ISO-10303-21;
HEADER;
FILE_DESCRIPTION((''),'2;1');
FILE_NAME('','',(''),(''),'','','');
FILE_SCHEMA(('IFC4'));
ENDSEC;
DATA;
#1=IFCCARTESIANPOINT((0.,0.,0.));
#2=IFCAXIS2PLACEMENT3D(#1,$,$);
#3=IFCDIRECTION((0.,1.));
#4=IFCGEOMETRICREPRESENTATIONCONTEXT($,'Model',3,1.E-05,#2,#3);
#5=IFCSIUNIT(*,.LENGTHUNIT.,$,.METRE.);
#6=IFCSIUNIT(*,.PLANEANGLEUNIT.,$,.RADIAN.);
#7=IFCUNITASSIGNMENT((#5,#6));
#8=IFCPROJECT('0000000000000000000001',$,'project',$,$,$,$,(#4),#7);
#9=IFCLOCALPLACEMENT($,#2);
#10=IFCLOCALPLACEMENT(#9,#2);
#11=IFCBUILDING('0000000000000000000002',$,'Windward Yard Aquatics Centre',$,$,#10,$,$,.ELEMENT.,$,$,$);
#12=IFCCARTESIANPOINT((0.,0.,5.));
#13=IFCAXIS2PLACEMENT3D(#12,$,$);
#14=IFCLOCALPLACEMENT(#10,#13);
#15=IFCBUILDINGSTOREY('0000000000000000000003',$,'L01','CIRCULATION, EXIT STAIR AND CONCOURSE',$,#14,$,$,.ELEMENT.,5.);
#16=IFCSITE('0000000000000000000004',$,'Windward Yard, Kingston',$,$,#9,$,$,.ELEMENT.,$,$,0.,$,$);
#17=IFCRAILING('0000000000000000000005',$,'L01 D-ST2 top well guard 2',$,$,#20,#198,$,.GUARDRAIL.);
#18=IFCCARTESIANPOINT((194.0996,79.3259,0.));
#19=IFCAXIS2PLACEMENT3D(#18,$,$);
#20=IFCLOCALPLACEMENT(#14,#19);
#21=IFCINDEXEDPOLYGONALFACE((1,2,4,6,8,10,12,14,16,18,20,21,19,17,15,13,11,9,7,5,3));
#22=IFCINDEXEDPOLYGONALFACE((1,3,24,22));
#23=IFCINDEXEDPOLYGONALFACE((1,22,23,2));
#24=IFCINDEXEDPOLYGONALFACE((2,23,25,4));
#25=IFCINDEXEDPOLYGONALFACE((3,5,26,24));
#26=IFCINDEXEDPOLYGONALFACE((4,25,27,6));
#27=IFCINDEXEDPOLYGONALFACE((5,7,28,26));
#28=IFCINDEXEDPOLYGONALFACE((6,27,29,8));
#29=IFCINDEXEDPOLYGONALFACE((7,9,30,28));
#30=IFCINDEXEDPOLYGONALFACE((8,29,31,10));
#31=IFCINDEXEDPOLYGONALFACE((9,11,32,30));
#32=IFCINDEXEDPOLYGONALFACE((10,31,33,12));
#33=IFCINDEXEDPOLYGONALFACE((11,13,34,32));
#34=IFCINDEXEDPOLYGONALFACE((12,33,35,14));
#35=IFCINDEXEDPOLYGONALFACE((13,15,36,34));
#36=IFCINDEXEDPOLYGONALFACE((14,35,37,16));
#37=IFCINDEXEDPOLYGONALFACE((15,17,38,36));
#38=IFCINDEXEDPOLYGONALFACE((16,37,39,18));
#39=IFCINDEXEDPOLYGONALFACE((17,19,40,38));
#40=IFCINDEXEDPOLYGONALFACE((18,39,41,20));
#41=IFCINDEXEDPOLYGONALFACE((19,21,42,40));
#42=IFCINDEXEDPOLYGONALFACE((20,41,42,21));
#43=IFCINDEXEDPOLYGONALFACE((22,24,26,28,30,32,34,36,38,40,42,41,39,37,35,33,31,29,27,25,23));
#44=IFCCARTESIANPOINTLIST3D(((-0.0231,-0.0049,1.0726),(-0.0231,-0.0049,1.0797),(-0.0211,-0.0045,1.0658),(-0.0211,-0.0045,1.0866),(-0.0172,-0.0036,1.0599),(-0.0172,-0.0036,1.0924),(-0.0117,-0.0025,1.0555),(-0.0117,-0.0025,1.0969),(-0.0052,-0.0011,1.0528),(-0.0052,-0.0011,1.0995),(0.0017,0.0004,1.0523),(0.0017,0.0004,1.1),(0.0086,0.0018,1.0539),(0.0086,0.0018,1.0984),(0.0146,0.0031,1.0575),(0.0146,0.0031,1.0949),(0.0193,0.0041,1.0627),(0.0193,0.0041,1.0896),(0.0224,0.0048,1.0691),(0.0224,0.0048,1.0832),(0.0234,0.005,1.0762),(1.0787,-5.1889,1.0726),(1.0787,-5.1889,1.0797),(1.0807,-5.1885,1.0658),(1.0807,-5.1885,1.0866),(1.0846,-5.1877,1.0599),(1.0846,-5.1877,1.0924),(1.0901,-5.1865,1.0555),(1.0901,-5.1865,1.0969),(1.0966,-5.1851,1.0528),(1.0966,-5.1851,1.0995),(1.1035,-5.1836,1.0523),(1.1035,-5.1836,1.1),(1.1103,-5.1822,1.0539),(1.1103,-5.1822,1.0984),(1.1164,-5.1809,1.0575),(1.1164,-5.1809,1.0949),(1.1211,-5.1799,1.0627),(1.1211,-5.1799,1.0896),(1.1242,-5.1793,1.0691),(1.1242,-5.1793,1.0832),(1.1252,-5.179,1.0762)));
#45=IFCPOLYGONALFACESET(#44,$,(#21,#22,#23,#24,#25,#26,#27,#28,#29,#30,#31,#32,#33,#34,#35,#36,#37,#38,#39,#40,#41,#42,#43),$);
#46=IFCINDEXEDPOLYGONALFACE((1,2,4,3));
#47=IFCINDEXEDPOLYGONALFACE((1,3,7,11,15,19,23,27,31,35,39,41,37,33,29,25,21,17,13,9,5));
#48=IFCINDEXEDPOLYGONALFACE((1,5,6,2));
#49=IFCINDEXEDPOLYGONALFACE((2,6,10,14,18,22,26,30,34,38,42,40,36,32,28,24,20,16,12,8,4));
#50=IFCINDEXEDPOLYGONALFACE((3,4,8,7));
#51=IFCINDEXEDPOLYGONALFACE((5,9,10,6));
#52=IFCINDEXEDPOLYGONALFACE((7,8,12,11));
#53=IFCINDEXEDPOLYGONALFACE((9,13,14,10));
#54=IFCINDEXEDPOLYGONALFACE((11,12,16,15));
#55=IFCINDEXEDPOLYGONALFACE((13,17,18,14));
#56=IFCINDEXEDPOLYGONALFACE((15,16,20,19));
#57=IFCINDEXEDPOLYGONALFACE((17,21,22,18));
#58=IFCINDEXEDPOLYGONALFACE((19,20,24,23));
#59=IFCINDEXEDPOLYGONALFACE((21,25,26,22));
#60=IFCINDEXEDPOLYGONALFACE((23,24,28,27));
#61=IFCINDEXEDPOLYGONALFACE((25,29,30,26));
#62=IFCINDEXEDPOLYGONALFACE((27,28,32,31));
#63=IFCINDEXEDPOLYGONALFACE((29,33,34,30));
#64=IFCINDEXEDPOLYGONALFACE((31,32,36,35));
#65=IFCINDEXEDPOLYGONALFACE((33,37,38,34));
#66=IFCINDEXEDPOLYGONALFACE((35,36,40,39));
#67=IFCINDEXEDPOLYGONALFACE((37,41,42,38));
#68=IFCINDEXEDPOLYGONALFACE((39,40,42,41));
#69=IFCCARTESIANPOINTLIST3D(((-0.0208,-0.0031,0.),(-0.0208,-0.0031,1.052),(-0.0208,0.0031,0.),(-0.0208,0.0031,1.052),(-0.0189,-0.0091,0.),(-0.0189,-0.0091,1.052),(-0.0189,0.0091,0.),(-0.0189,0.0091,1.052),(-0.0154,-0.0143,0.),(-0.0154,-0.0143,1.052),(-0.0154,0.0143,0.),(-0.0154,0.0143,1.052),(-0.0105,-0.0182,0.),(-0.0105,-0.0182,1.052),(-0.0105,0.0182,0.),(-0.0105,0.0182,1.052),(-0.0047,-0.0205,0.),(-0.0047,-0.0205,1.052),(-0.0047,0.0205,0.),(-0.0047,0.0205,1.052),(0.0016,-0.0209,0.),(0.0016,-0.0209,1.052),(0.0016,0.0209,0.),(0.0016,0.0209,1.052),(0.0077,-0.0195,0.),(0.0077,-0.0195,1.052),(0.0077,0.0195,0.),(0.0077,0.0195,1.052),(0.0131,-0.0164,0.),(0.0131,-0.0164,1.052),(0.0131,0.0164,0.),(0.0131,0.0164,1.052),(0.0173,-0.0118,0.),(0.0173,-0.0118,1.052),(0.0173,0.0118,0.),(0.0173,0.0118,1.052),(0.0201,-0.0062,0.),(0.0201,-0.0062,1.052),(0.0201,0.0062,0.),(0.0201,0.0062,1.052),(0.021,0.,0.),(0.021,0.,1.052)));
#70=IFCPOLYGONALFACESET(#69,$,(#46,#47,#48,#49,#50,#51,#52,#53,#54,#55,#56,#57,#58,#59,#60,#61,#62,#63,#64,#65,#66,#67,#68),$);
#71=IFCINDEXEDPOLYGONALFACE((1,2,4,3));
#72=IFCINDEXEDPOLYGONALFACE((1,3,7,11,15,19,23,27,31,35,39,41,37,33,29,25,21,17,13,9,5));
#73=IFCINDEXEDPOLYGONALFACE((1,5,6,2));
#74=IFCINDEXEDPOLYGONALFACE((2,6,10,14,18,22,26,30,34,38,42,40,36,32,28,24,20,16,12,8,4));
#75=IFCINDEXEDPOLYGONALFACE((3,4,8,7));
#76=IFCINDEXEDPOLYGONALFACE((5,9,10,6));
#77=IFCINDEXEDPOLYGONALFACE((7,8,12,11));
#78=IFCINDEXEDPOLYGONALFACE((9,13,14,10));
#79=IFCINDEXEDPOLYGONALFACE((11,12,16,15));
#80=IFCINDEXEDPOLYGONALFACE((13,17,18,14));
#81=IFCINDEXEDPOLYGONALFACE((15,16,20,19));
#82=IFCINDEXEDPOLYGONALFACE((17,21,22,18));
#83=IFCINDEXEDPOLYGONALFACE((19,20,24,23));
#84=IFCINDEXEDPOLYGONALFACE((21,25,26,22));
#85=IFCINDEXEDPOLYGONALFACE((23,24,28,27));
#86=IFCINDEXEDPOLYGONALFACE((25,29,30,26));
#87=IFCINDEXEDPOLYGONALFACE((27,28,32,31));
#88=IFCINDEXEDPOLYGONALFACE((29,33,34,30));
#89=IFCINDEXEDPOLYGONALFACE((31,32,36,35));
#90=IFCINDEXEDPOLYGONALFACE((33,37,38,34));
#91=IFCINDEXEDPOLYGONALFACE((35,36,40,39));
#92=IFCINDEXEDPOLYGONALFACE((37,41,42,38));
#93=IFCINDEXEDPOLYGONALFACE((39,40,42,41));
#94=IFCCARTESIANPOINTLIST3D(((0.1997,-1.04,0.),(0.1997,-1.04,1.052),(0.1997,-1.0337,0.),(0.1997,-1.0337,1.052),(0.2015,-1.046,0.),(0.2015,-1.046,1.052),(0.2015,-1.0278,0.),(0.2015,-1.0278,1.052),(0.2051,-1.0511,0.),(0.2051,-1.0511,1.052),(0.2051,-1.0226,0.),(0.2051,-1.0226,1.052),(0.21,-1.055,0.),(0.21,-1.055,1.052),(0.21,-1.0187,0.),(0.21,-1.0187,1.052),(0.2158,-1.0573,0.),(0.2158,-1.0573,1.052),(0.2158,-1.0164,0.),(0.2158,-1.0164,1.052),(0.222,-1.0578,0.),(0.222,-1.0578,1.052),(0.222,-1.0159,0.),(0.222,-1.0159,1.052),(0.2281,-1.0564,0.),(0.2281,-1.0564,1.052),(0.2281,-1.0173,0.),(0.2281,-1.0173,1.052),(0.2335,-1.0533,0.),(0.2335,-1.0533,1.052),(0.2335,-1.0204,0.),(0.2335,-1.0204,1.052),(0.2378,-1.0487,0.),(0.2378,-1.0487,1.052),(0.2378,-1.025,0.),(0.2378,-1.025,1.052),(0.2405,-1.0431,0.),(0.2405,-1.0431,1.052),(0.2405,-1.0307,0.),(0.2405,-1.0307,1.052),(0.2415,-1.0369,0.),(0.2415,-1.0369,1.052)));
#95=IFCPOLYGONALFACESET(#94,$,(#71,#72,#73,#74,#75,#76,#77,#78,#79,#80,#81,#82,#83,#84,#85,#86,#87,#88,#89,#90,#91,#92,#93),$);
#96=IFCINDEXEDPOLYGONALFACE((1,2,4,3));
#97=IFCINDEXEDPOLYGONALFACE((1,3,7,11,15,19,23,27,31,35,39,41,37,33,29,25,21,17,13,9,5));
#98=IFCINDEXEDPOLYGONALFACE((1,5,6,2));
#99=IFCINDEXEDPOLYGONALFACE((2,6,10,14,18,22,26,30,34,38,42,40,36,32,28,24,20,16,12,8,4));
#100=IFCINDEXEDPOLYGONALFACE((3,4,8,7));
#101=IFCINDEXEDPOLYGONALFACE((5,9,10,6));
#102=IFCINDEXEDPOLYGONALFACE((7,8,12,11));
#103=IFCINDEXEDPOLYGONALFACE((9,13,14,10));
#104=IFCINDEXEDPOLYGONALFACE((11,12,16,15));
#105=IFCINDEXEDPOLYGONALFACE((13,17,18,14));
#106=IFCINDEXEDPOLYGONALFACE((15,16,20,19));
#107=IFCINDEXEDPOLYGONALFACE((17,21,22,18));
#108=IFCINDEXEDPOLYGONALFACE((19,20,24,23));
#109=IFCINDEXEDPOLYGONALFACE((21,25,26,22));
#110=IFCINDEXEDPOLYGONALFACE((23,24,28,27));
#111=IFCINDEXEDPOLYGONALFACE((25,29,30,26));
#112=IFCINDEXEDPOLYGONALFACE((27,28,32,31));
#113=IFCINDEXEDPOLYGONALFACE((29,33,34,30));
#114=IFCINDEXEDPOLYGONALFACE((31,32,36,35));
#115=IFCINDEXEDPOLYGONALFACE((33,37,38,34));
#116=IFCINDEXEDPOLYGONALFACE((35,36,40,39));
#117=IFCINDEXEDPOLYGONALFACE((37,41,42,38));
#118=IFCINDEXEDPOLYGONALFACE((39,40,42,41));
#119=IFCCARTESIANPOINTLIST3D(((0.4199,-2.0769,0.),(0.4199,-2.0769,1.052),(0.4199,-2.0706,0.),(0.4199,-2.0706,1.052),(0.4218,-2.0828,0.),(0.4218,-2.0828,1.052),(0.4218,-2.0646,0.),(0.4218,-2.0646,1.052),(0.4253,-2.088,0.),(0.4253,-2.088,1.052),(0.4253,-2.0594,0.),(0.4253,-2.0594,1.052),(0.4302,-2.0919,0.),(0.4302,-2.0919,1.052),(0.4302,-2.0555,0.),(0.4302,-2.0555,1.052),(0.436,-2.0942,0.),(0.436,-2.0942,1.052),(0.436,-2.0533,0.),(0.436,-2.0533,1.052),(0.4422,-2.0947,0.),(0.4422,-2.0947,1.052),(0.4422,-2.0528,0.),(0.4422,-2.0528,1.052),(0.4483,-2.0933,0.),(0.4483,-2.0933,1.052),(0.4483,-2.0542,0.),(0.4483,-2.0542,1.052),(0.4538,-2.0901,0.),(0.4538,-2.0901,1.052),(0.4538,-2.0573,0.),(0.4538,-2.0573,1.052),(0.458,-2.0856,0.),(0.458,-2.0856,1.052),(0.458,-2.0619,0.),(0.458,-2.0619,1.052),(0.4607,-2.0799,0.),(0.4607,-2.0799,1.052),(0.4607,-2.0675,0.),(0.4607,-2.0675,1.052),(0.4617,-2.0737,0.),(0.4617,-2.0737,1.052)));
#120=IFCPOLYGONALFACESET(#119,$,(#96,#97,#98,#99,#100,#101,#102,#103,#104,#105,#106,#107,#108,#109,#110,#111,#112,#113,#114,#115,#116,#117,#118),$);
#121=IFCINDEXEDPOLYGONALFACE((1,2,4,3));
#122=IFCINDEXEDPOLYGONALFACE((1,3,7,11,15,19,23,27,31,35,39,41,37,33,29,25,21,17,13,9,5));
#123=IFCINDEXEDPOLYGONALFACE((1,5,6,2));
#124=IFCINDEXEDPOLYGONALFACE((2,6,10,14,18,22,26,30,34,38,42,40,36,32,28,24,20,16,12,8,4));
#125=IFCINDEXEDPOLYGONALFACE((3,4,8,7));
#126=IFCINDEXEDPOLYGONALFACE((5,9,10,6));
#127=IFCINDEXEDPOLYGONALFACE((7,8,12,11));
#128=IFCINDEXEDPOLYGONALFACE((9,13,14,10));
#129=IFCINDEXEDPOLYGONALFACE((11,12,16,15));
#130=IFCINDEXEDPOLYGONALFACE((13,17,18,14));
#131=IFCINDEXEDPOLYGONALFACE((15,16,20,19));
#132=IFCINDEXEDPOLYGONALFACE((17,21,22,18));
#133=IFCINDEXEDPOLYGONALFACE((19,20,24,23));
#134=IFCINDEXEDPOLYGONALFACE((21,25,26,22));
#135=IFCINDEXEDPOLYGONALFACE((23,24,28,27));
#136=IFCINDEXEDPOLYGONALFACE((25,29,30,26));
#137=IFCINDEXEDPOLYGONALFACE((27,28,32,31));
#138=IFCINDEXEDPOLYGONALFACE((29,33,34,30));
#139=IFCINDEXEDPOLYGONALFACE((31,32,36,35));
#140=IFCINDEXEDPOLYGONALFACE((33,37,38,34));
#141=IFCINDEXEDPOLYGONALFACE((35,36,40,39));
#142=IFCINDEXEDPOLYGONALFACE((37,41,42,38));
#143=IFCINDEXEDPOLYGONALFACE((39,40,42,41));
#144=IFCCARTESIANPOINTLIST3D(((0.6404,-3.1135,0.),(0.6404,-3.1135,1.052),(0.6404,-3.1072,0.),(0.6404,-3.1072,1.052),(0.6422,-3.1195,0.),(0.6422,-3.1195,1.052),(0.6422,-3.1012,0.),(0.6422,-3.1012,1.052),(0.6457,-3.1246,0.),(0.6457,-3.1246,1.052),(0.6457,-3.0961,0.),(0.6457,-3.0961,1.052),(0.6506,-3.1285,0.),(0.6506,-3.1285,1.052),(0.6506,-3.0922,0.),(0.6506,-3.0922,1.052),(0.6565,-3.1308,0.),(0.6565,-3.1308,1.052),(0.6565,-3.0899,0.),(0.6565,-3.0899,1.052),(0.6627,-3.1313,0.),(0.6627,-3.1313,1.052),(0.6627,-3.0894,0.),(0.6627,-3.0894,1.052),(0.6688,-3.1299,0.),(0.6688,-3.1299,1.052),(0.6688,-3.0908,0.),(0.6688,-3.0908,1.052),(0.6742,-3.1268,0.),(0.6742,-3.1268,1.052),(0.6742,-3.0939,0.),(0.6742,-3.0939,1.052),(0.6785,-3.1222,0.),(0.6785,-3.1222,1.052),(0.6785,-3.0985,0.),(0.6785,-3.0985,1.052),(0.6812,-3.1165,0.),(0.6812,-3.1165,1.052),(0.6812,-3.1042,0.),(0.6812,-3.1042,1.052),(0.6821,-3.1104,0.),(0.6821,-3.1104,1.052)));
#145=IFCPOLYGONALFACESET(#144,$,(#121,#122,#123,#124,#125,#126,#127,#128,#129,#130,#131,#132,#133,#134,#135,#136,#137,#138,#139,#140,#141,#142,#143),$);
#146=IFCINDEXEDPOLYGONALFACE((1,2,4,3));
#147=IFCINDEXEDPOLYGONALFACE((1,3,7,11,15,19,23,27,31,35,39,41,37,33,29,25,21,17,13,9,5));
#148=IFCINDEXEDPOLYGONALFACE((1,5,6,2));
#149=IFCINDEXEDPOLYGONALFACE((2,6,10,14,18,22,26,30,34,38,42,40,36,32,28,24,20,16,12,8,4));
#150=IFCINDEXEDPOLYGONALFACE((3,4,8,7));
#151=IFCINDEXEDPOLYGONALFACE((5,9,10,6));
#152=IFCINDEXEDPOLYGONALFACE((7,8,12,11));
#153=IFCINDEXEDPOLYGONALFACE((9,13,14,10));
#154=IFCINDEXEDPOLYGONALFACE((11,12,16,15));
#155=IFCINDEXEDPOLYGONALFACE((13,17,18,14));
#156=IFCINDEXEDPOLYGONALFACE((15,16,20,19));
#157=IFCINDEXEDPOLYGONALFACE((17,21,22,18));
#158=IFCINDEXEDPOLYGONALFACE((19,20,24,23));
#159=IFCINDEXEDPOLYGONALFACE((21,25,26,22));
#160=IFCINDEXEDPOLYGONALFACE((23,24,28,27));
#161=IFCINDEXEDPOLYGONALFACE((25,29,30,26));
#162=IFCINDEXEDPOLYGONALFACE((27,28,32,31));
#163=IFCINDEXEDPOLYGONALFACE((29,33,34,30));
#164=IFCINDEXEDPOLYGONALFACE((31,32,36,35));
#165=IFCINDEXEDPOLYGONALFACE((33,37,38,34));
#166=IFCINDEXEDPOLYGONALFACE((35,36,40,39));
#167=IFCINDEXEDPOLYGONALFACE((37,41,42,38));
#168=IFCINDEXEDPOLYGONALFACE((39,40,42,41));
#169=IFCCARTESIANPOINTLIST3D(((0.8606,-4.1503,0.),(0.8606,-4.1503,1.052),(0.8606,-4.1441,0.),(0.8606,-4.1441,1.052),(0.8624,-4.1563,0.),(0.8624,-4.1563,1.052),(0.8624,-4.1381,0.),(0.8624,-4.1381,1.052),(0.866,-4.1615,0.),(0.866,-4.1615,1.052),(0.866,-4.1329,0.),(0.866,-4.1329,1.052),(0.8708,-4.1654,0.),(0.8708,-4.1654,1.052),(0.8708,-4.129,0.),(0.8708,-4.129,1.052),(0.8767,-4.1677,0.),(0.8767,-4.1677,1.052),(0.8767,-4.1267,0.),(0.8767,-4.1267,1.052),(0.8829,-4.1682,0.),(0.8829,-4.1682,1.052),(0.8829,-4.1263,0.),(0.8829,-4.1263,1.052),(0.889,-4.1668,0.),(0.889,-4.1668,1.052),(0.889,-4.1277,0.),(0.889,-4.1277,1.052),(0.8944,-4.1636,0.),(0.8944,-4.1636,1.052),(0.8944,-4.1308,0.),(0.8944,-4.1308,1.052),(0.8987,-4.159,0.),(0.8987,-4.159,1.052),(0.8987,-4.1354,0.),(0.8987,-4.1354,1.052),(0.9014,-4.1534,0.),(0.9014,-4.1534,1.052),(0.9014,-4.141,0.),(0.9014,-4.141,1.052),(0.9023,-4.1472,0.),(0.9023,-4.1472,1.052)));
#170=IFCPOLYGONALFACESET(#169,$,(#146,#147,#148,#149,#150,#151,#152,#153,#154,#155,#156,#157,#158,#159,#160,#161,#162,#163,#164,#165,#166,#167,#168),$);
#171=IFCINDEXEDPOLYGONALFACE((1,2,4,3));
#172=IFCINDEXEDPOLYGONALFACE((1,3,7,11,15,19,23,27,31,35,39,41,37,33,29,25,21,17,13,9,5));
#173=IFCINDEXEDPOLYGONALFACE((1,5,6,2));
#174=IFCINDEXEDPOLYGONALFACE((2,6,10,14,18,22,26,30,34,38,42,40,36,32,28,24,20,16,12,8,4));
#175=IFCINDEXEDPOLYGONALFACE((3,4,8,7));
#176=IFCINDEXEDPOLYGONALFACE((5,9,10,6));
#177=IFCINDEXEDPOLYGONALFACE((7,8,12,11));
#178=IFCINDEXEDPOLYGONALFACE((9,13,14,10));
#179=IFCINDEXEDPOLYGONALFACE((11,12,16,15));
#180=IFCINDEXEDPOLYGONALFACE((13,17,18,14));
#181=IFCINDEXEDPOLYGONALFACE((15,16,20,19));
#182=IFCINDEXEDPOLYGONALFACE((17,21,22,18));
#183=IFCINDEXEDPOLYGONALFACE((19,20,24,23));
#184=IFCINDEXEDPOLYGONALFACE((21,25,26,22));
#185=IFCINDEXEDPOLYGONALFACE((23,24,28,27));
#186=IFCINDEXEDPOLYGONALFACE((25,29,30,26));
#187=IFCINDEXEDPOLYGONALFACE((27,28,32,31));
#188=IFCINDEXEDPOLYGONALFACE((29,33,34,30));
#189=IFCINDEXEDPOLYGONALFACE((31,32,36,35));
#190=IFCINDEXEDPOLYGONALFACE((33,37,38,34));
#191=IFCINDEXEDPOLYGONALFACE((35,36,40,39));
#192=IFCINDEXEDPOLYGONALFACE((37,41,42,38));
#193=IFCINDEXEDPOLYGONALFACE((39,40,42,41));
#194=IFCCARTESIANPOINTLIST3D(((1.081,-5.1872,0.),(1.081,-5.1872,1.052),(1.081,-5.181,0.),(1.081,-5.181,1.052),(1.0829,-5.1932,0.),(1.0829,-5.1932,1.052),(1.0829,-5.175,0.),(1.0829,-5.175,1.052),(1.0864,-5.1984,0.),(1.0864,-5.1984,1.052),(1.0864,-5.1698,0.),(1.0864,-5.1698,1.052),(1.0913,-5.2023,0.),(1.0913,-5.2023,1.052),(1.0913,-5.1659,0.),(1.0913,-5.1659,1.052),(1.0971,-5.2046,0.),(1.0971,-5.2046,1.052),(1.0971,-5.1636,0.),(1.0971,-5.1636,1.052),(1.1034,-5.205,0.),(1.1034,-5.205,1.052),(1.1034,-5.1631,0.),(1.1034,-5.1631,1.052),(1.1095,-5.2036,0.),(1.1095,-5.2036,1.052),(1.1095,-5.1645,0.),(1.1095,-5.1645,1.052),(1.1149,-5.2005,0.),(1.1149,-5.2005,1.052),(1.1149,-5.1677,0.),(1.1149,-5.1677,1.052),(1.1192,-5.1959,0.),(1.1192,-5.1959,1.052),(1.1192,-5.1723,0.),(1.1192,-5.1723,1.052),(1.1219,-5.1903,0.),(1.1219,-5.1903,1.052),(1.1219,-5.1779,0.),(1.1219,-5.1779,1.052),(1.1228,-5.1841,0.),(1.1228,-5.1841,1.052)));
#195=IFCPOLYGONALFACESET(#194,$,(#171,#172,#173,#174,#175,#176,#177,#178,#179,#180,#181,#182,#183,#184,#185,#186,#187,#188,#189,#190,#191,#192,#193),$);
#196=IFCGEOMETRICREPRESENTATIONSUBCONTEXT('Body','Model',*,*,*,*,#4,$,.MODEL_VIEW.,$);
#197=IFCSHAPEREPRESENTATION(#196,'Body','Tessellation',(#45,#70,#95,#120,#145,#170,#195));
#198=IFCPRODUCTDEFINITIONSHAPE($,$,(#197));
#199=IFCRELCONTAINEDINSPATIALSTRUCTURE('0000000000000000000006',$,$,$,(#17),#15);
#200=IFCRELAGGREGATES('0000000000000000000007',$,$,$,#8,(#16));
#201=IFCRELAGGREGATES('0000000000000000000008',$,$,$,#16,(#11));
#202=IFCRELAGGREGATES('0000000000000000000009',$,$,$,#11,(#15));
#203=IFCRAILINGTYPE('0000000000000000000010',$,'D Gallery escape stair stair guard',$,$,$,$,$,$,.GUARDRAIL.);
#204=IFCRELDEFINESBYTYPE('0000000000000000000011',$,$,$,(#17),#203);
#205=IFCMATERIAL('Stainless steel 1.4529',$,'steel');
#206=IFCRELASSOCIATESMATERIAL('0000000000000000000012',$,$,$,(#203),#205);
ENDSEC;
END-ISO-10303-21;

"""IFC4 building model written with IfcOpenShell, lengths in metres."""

from ifc_helpers import new_model, si_unit, direction, frame, origin, origin_2d, place, context, subcontext, project, spatial, circle, extrude, material, type_object, element, save


model = new_model("IFC4")

# Units and contexts
model_context = context("Model", 3, precision=1e-05, world=origin(), true_north=direction((0.0, 1.0)))
body_context = subcontext(model_context, "Body", "Model", "MODEL_VIEW")
ifc_project = project(units=[si_unit("LENGTHUNIT", "METRE"), si_unit("PLANEANGLEUNIT", "RADIAN")], contexts=[model_context])

# Site, building, storey
site_placement = place(None, origin())
site = spatial("IfcSite", under=ifc_project, at=site_placement, Name="Windward Yard, Kingston", CompositionType="ELEMENT", RefElevation=0.0)
building_placement = place(site_placement, origin())
building = spatial("IfcBuilding", under=site, at=building_placement, Name="Windward Yard Aquatics Centre", CompositionType="ELEMENT")
storey_placement = place(building_placement, frame((0.0, 0.0, 5.0)))
storey = spatial("IfcBuildingStorey", under=building, at=storey_placement, Name="L01", Description="CIRCULATION, EXIT STAIR AND CONCOURSE", CompositionType="ELEMENT", Elevation=5.0)

# Railing
ifc_material_1 = material(Name="Stainless steel 1.4529", Category="steel")
railing_type = type_object("IfcRailingType", Name="D Gallery escape stair stair guard", PredefinedType="GUARDRAIL", material=ifc_material_1)
for number, where, name in (
    (1, (194.0996, 79.3259, 0.0), "L01 D-ST2 top well guard 2"),
):
    element("IfcRailing", number, at=place(storey_placement, frame(where)), inside=storey, type_object=railing_type, Name=name, PredefinedType="GUARDRAIL", context=body_context, shape_type="SweptSolid", body=[
        extrude(circle(Radius=0.0239, at=origin_2d()), frame((0.0, 0.0, 1.0762), z_axis=(0.207893, -0.978152, 0.0), x_axis=(0.978152, 0.207893, 0.0)), (0.0, 0.0, 1.0), 5.2998),
        extrude(circle(Radius=0.021, at=origin_2d()), origin(), (0.0, 0.0, 1.0), 1.052),
        extrude(circle(Radius=0.021, at=origin_2d()), frame((0.2205, -1.0369, 0.0)), (0.0, 0.0, 1.0), 1.052),
        extrude(circle(Radius=0.021, at=origin_2d()), frame((0.4407, -2.0737, 0.0)), (0.0, 0.0, 1.0), 1.052),
        extrude(circle(Radius=0.021, at=origin_2d()), frame((0.6611, -3.1104, 0.0)), (0.0, 0.0, 1.0), 1.052),
        extrude(circle(Radius=0.021, at=origin_2d()), frame((0.8813, -4.1472, 0.0)), (0.0, 0.0, 1.0), 1.052),
        extrude(circle(Radius=0.021, at=origin_2d()), frame((1.1018, -5.1841, 0.0)), (0.0, 0.0, 1.0), 1.052),
    ])

save(model, "model.ifc")
